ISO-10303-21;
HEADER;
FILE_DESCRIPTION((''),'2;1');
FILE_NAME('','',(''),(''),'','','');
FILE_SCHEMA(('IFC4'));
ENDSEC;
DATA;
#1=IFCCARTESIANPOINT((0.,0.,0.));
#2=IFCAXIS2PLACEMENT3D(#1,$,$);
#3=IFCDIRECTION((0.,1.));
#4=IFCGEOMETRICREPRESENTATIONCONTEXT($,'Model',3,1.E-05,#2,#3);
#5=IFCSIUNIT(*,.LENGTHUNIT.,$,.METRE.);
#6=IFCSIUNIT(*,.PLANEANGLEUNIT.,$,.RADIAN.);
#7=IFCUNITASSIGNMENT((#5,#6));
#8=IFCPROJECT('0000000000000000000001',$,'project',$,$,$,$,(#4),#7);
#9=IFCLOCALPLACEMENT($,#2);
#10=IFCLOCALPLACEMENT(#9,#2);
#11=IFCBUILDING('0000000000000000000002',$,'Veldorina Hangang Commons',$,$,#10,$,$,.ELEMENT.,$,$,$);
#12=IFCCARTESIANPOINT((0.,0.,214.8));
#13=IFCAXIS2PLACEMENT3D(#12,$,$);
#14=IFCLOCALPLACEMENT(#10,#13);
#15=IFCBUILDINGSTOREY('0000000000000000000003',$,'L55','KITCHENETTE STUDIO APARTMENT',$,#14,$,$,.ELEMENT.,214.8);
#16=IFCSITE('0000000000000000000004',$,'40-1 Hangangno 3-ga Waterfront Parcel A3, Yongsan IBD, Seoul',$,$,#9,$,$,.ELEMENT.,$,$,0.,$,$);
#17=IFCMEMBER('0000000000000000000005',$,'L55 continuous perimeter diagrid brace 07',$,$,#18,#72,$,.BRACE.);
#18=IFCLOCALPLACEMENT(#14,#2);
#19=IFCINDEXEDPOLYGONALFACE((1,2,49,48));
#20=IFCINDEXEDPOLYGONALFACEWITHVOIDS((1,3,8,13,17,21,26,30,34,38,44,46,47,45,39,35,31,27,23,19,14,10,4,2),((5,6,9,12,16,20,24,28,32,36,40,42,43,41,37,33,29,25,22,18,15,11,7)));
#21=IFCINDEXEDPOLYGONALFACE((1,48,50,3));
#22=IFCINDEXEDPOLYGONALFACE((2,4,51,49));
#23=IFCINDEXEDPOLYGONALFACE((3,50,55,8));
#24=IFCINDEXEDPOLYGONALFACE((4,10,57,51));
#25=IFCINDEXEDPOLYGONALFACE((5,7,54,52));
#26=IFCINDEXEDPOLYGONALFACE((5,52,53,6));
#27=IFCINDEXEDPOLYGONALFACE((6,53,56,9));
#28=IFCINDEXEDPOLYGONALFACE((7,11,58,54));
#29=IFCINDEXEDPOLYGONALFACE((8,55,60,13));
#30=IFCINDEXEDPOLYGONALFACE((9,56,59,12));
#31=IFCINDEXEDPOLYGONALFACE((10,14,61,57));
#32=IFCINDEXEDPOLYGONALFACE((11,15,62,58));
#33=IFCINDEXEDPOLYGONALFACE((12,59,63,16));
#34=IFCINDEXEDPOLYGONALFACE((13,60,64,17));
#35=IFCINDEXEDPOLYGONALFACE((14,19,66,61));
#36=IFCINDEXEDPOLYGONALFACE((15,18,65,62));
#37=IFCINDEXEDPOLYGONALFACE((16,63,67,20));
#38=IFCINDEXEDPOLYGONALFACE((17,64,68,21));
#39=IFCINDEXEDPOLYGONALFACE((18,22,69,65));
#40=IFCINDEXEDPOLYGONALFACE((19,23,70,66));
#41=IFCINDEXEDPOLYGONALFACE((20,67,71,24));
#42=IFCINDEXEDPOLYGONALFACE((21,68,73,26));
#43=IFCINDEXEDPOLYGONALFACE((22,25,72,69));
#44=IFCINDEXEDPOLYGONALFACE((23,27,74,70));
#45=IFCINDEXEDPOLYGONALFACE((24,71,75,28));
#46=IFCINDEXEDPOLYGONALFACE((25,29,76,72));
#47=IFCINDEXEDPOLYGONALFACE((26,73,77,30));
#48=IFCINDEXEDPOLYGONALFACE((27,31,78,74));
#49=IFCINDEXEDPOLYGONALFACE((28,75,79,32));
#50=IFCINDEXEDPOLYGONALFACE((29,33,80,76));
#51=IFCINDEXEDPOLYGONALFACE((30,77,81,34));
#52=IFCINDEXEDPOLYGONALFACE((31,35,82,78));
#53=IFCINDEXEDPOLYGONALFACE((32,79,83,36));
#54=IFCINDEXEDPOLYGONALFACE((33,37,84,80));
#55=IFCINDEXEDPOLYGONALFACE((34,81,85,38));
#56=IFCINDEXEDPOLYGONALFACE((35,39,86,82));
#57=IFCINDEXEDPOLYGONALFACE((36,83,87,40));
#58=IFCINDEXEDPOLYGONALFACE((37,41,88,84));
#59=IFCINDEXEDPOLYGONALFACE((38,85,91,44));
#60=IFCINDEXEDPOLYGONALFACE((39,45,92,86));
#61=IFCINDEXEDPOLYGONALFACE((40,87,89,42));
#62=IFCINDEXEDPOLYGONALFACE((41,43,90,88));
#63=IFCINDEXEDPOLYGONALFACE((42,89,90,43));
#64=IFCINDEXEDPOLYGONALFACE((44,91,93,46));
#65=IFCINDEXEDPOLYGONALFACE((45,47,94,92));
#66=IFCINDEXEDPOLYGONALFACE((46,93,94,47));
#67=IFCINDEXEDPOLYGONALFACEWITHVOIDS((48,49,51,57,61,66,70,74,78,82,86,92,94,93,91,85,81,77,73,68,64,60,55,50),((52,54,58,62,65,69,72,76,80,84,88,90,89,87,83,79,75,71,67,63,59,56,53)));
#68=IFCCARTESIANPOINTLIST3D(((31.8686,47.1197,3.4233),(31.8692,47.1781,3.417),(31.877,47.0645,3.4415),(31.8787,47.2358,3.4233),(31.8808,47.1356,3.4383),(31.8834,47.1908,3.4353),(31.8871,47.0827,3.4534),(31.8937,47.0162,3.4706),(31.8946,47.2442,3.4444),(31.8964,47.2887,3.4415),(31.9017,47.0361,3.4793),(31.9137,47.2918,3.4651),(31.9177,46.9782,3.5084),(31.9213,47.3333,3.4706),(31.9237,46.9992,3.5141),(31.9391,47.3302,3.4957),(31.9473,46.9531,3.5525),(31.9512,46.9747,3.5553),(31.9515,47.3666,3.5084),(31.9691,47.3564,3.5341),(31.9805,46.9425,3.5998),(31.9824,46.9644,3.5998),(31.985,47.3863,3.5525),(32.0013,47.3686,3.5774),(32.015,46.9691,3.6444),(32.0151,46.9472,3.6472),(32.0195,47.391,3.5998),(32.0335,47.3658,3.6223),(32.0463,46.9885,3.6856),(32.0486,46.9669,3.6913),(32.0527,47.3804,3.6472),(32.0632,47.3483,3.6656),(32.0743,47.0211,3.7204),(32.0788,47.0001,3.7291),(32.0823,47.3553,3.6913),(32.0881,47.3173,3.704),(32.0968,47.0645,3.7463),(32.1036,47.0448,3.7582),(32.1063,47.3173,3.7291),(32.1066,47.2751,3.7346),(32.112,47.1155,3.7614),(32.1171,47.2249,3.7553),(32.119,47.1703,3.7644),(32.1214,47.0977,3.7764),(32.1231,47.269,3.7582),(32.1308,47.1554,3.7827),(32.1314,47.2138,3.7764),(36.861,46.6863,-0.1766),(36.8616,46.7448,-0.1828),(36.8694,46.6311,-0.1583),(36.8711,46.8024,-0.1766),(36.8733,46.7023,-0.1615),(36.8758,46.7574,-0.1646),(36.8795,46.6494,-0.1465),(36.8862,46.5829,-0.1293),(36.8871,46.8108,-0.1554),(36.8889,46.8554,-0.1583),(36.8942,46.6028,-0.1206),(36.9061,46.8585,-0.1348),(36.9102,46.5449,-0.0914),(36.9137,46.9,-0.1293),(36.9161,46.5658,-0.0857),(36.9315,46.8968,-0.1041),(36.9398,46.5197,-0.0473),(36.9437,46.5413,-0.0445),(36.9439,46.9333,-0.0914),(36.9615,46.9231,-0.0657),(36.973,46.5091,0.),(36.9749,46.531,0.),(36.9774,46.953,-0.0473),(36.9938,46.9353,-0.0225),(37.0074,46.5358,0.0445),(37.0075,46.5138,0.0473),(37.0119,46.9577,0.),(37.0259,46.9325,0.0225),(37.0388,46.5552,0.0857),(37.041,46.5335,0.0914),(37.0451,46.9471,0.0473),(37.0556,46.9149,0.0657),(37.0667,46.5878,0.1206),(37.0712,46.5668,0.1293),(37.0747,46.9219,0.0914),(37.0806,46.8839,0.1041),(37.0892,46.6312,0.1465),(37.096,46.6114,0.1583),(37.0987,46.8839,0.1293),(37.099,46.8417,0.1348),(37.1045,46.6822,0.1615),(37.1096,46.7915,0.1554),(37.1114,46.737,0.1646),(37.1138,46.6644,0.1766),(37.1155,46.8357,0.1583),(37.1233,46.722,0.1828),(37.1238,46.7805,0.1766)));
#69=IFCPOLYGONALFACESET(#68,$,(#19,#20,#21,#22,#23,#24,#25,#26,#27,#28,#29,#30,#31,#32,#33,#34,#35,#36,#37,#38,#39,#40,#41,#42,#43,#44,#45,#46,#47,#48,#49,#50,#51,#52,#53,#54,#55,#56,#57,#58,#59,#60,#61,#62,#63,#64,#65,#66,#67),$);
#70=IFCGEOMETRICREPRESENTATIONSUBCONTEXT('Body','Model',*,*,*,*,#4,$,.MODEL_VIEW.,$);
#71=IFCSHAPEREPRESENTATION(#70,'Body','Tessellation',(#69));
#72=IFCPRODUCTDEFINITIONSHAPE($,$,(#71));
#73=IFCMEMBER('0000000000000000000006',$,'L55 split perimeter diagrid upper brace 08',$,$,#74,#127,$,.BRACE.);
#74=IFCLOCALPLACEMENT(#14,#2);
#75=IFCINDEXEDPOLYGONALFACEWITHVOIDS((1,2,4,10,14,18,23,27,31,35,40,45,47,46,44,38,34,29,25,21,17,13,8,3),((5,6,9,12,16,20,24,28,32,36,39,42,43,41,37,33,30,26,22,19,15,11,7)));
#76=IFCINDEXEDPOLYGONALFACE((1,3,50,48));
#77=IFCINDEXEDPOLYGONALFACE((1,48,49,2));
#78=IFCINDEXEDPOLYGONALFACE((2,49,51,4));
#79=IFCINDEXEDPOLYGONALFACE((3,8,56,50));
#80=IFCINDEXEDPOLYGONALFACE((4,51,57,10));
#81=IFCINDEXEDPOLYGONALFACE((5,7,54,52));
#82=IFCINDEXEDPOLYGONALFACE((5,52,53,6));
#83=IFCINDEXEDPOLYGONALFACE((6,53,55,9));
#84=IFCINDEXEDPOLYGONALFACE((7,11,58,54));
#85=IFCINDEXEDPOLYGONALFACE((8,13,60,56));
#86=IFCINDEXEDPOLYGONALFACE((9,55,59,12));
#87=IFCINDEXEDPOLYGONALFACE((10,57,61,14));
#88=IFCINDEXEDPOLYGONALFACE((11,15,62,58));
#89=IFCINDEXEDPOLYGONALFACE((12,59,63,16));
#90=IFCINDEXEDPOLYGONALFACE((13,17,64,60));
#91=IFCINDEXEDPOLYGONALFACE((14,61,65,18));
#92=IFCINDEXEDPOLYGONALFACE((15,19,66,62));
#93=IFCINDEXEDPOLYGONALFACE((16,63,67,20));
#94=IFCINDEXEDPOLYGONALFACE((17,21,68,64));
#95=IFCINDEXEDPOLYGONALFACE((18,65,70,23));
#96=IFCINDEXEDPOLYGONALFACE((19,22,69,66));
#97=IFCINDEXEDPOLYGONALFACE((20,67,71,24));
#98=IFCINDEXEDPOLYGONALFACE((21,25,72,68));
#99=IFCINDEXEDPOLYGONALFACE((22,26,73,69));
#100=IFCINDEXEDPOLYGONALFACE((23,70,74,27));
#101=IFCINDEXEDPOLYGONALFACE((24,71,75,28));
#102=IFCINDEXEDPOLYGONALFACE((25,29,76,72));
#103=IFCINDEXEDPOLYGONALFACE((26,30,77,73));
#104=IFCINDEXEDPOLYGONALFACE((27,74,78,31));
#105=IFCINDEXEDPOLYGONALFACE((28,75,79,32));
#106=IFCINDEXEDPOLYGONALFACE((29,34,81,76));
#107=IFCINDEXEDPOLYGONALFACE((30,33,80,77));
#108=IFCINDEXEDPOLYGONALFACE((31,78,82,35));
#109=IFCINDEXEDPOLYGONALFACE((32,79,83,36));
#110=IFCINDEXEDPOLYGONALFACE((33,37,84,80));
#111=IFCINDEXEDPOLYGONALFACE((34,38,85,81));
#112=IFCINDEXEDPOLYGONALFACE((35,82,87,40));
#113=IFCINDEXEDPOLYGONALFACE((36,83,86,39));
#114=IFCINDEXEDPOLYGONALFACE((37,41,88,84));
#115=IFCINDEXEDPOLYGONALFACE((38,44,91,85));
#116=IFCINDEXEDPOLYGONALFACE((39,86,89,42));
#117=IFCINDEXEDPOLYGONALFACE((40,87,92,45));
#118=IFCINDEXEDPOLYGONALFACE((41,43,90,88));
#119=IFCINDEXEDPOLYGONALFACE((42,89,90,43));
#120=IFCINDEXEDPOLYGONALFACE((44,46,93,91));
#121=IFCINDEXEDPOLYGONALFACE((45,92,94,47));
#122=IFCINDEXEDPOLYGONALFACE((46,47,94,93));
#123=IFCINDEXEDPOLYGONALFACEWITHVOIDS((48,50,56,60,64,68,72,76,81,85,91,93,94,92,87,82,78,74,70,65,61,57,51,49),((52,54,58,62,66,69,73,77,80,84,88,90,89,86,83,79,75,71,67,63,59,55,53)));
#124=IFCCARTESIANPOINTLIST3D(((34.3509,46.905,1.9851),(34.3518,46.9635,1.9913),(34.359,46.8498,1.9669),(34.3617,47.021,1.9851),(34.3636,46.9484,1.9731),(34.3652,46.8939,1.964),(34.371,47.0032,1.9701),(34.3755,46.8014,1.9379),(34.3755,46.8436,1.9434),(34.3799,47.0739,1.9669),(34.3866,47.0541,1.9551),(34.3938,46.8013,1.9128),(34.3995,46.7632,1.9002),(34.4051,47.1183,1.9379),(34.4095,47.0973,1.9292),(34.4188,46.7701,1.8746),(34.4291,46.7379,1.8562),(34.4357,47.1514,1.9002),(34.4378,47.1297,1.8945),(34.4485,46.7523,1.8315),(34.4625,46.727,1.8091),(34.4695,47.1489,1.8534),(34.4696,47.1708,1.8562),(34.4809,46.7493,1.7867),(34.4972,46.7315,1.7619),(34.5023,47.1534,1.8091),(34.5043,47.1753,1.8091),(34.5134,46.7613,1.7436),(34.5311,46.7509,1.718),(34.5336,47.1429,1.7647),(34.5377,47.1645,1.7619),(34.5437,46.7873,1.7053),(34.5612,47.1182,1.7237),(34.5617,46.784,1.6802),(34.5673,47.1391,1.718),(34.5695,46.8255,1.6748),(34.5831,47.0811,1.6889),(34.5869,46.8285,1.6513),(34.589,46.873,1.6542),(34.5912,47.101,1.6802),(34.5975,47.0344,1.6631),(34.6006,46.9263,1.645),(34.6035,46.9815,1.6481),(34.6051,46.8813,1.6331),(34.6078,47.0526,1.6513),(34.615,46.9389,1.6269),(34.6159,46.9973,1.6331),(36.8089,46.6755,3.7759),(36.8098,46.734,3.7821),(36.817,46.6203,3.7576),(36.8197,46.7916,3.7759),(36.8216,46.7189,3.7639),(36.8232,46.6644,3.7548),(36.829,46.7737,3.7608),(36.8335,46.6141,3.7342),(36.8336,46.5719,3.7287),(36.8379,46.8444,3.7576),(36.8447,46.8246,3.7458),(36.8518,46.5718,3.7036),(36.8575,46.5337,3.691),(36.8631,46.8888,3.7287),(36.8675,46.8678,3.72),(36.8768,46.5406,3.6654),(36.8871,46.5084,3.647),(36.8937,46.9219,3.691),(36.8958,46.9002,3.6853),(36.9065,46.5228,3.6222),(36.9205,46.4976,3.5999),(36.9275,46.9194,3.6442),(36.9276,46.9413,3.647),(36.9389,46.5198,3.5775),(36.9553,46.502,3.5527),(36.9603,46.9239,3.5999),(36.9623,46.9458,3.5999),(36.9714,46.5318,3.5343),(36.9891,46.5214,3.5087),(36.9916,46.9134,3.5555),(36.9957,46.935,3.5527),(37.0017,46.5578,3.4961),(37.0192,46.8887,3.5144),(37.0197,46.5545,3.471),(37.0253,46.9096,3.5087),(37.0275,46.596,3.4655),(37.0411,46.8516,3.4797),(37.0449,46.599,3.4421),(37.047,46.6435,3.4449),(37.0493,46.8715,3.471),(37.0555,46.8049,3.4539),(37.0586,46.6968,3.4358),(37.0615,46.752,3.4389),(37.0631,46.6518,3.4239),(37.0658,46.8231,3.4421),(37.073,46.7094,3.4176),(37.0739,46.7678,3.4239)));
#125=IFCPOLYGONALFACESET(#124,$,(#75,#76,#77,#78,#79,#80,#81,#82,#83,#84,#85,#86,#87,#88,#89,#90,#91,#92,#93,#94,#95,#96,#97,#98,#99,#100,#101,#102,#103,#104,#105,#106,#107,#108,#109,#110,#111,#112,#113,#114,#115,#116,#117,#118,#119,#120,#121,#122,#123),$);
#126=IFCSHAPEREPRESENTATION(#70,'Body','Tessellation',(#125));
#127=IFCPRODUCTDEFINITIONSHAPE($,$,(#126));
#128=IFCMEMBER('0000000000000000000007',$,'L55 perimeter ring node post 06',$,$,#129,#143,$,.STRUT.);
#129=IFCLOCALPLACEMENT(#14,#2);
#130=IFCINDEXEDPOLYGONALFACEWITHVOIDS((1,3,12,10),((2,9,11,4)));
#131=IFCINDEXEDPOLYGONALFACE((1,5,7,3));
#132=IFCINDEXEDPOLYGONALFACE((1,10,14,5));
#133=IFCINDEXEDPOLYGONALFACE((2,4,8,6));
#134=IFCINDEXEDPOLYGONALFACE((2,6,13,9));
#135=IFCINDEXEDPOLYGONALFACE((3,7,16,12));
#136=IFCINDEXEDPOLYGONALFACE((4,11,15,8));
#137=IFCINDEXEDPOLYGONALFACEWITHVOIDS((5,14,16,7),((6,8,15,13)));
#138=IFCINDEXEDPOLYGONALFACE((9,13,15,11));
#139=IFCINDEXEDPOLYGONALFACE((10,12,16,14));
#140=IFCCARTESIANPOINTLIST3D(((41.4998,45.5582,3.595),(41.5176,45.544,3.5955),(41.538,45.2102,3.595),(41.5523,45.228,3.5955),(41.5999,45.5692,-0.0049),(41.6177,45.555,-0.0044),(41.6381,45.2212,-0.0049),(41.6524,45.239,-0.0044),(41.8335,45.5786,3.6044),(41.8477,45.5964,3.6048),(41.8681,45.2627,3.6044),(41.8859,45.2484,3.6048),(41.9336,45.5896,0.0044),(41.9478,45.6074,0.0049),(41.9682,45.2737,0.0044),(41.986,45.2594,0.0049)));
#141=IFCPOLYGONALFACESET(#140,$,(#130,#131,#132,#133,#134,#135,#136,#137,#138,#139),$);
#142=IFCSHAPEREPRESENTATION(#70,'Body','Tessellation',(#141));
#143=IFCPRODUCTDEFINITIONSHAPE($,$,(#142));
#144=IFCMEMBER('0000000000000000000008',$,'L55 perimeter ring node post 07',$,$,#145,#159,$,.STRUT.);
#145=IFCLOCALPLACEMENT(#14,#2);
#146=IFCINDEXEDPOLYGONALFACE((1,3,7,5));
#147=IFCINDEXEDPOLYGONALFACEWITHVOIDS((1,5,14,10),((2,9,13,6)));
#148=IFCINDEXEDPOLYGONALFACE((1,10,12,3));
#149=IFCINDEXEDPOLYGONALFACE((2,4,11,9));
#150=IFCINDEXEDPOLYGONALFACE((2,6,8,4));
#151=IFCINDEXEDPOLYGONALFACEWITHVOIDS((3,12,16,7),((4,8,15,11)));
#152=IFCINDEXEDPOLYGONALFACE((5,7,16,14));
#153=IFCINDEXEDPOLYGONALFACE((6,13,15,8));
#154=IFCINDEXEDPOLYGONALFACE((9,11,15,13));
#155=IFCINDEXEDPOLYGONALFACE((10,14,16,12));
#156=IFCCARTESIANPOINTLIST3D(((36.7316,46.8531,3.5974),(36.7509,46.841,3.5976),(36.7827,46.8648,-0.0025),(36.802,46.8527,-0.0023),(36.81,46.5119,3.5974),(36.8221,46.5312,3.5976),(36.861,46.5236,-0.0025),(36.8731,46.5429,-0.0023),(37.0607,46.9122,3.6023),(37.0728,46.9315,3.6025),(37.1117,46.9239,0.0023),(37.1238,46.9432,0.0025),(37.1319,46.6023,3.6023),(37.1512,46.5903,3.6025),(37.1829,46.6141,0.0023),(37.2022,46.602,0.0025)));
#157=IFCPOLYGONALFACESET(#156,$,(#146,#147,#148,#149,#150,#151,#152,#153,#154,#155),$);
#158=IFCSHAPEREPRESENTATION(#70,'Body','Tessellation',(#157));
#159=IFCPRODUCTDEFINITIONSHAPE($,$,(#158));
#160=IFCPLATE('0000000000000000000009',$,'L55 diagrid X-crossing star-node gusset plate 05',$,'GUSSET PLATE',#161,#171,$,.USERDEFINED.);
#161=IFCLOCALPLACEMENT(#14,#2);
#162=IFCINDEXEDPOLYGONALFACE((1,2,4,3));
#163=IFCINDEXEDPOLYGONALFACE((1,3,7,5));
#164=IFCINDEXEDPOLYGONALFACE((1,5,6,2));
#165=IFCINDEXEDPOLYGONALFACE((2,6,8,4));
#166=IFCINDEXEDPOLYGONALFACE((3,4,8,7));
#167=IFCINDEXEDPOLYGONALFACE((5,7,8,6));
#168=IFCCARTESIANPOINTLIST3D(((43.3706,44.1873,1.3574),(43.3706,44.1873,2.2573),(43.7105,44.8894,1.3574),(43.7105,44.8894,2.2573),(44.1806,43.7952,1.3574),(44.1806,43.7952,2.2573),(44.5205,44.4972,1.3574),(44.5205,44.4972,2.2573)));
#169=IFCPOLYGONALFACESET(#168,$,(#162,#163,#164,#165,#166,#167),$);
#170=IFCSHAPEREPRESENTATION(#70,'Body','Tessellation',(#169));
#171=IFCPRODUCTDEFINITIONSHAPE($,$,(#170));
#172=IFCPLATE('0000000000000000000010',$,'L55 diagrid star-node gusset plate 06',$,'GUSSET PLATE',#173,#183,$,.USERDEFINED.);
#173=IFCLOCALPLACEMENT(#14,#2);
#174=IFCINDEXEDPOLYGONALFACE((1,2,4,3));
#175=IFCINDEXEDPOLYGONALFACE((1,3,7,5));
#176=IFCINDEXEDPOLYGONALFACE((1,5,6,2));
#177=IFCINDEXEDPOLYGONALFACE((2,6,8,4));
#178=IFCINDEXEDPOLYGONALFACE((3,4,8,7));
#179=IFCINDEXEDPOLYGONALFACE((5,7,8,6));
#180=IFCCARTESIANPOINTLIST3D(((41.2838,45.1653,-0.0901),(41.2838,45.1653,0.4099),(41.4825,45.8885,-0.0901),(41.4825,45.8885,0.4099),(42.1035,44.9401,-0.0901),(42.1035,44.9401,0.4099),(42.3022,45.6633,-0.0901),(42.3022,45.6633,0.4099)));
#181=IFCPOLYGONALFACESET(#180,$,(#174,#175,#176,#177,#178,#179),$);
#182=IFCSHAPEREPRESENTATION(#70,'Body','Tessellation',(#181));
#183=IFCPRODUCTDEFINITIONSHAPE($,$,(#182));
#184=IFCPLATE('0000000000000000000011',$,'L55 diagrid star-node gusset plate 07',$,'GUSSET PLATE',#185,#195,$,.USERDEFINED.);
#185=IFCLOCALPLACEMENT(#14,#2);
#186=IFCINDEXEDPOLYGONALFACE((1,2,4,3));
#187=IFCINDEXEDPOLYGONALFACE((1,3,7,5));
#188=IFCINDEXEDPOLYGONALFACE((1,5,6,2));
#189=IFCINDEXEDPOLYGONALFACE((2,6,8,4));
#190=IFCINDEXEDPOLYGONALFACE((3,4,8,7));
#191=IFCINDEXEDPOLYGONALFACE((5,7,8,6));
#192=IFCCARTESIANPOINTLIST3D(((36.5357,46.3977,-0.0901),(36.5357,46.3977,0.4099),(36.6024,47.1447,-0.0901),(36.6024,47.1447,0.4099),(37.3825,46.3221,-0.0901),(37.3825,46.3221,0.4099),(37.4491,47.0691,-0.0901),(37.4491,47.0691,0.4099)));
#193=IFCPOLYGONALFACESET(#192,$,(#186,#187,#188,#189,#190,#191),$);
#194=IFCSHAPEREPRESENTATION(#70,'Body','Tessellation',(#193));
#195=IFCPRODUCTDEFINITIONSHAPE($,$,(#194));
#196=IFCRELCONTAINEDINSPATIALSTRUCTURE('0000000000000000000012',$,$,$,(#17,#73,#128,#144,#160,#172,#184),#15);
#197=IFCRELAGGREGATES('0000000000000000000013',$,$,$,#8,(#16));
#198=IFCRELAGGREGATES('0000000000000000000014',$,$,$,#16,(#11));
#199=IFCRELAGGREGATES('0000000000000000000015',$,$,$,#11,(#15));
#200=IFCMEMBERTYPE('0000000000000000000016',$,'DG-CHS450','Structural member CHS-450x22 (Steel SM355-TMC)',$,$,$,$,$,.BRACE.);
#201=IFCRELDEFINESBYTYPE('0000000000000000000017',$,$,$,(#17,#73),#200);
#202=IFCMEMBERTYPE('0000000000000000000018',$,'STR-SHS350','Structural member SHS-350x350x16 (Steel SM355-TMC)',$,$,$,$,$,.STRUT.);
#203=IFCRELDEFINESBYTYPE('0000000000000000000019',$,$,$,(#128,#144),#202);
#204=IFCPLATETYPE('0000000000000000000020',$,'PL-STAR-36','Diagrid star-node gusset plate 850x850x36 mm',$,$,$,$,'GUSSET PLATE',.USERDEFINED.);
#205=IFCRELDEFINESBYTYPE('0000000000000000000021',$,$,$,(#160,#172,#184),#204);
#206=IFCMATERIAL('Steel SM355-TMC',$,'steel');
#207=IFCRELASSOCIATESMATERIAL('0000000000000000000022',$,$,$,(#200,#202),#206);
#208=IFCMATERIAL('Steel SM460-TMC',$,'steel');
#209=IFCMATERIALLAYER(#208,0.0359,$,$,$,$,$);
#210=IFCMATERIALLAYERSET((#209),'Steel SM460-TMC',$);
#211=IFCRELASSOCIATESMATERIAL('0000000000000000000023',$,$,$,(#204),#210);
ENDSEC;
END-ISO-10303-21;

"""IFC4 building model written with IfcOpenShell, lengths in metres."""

from ifc_helpers import new_model, si_unit, direction, frame, origin, origin_2d, place, context, subcontext, project, spatial, rectangle, hollow_rectangle, hollow_circle, extrude, material, layer, layer_set, material_profile, profile_set, type_object, element, save


model = new_model("IFC4")

# Units and contexts
model_context = context("Model", 3, precision=1e-05, world=origin(), true_north=direction((0.0, 1.0)))
body_context = subcontext(model_context, "Body", "Model", "MODEL_VIEW")
ifc_project = project(units=[si_unit("LENGTHUNIT", "METRE"), si_unit("PLANEANGLEUNIT", "RADIAN")], contexts=[model_context])

# Site, building, storey
site_placement = place(None, origin())
site = spatial("IfcSite", under=ifc_project, at=site_placement, Name="40-1 Hangangno 3-ga Waterfront Parcel A3, Yongsan IBD, Seoul", CompositionType="ELEMENT", RefElevation=0.0)
building_placement = place(site_placement, origin())
building = spatial("IfcBuilding", under=site, at=building_placement, Name="Veldorina Hangang Commons", CompositionType="ELEMENT")
storey_placement = place(building_placement, frame((0.0, 0.0, 214.8)))
storey = spatial("IfcBuildingStorey", under=building, at=storey_placement, Name="L55", Description="KITCHENETTE STUDIO APARTMENT", CompositionType="ELEMENT", Elevation=214.8)

# Shared definitions
ifc_material_1 = material(Name="Steel SM355-TMC", Category="steel")

# Members
ifc_material_profile_1 = material_profile(ifc_material_1, hollow_circle(Radius=0.2251, WallThickness=0.022, at=origin_2d()), Name="CHS-450x22")
ifc_profile_set_1 = profile_set([ifc_material_profile_1], Name="Steel SM355-TMC")
member_type_1 = type_object("IfcMemberType", Name="DG-CHS450", Description="Structural member CHS-450x22 (Steel SM355-TMC)", PredefinedType="BRACE", material=ifc_profile_set_1)
member_1_placement = place(storey_placement, frame((36.9924, 46.7334, 0.0), z_axis=(-0.809123, 0.070233, 0.583428), x_axis=(-0.086476, -0.996254, 0.0)))
element("IfcMember", 1, at=member_1_placement, inside=storey, type_object=member_type_1, Name="L55 continuous perimeter diagrid brace 07", PredefinedType="BRACE", context=body_context, shape_type="SweptSolid", body=[
    extrude(hollow_circle(Radius=0.2251, WallThickness=0.022, at=origin_2d()), origin(), (0.0, 0.0, 1.0), 6.1702),
])
member_2_placement = place(storey_placement, frame((34.4834, 46.9512, 1.8091), z_axis=(0.805955, -0.075248, 0.587175), x_axis=(0.092961, 0.99567, 0.0)))
element("IfcMember", 2, at=member_2_placement, inside=storey, type_object=member_type_1, Name="L55 split perimeter diagrid upper brace 08", PredefinedType="BRACE", context=body_context, shape_type="SweptSolid", body=[
    extrude(hollow_circle(Radius=0.2251, WallThickness=0.022, at=origin_2d()), origin(), (0.0, 0.0, 1.0), 3.0498),
])
ifc_material_profile_2 = material_profile(ifc_material_1, hollow_rectangle(XDim=0.3501, YDim=0.3501, WallThickness=0.0161, at=origin_2d()), Name="SHS-350x350x16")
ifc_profile_set_2 = profile_set([ifc_material_profile_2], Name="Steel SM355-TMC")
member_type_2 = type_object("IfcMemberType", Name="STR-SHS350", Description="Structural member SHS-350x350x16 (Steel SM355-TMC)", PredefinedType="STRUT", material=ifc_profile_set_2)
member_3_placement = place(storey_placement, frame((41.793, 45.4143, 0.0), z_axis=(-0.027795, -0.003051, 0.999609), x_axis=(0.109101, -0.994031, 0.0)))
element("IfcMember", 3, at=member_3_placement, inside=storey, type_object=member_type_2, Name="L55 perimeter ring node post 06", PredefinedType="STRUT", context=body_context, shape_type="SweptSolid", body=[
    extrude(hollow_rectangle(XDim=0.3501, YDim=0.3501, WallThickness=0.0161, at=origin_2d()), origin(), (0.0, 0.0, 1.0), 3.6013),
])
member_4_placement = place(storey_placement, frame((36.9924, 46.7334, 0.0), z_axis=(-0.014173, -0.003255, 0.999894), x_axis=(0.223838, -0.974626, 0.0)))
element("IfcMember", 4, at=member_4_placement, inside=storey, type_object=member_type_2, Name="L55 perimeter ring node post 07", PredefinedType="STRUT", context=body_context, shape_type="SweptSolid", body=[
    extrude(hollow_rectangle(XDim=0.3501, YDim=0.3501, WallThickness=0.0161, at=origin_2d()), origin(), (0.0, 0.0, 1.0), 3.6003),
])

# Plates
ifc_material_2 = material(Name="Steel SM460-TMC", Category="steel")
ifc_layer_1 = layer(ifc_material_2, 0.0359)
ifc_layer_set_1 = layer_set([ifc_layer_1], Name="Steel SM460-TMC")
plate_type = type_object("IfcPlateType", Name="PL-STAR-36", Description="Diagrid star-node gusset plate 850x850x36 mm", ElementType="GUSSET PLATE", PredefinedType="USERDEFINED", material=ifc_layer_set_1)
plate_1_placement = place(storey_placement, frame((43.9456, 44.3423, 1.3574), z_axis=(0.0, 0.0, 1.0), x_axis=(-0.90006, 0.435765, 0.0)))
element("IfcPlate", 5, at=plate_1_placement, inside=storey, type_object=plate_type, Name="L55 diagrid X-crossing star-node gusset plate 05", ObjectType="GUSSET PLATE", PredefinedType="USERDEFINED", context=body_context, shape_type="SweptSolid", body=[
    extrude(rectangle(XDim=0.8999, YDim=0.78, at=origin_2d()), origin(), (0.0, 0.0, 1.0), 0.8999),
])
for number, where, z_axis, x_axis, name in (
    (6, (41.793, 45.4143, -0.0901), (0.0, 0.0, 1.0), (-0.964262, 0.26495, 0.0), "L55 diagrid star-node gusset plate 06"),
    (7, (36.9924, 46.7334, -0.0901), (0.0, 0.0, 1.0), (-0.996044, 0.08886, 0.0), "L55 diagrid star-node gusset plate 07"),
):
    element("IfcPlate", number, at=place(storey_placement, frame(where, z_axis=z_axis, x_axis=x_axis)), inside=storey, type_object=plate_type, Name=name, ObjectType="GUSSET PLATE", PredefinedType="USERDEFINED", context=body_context, shape_type="SweptSolid", body=[
        extrude(rectangle(XDim=0.8501, YDim=0.75, at=origin_2d()), origin(), (0.0, 0.0, 1.0), 0.5),
    ])

save(model, "model.ifc")
